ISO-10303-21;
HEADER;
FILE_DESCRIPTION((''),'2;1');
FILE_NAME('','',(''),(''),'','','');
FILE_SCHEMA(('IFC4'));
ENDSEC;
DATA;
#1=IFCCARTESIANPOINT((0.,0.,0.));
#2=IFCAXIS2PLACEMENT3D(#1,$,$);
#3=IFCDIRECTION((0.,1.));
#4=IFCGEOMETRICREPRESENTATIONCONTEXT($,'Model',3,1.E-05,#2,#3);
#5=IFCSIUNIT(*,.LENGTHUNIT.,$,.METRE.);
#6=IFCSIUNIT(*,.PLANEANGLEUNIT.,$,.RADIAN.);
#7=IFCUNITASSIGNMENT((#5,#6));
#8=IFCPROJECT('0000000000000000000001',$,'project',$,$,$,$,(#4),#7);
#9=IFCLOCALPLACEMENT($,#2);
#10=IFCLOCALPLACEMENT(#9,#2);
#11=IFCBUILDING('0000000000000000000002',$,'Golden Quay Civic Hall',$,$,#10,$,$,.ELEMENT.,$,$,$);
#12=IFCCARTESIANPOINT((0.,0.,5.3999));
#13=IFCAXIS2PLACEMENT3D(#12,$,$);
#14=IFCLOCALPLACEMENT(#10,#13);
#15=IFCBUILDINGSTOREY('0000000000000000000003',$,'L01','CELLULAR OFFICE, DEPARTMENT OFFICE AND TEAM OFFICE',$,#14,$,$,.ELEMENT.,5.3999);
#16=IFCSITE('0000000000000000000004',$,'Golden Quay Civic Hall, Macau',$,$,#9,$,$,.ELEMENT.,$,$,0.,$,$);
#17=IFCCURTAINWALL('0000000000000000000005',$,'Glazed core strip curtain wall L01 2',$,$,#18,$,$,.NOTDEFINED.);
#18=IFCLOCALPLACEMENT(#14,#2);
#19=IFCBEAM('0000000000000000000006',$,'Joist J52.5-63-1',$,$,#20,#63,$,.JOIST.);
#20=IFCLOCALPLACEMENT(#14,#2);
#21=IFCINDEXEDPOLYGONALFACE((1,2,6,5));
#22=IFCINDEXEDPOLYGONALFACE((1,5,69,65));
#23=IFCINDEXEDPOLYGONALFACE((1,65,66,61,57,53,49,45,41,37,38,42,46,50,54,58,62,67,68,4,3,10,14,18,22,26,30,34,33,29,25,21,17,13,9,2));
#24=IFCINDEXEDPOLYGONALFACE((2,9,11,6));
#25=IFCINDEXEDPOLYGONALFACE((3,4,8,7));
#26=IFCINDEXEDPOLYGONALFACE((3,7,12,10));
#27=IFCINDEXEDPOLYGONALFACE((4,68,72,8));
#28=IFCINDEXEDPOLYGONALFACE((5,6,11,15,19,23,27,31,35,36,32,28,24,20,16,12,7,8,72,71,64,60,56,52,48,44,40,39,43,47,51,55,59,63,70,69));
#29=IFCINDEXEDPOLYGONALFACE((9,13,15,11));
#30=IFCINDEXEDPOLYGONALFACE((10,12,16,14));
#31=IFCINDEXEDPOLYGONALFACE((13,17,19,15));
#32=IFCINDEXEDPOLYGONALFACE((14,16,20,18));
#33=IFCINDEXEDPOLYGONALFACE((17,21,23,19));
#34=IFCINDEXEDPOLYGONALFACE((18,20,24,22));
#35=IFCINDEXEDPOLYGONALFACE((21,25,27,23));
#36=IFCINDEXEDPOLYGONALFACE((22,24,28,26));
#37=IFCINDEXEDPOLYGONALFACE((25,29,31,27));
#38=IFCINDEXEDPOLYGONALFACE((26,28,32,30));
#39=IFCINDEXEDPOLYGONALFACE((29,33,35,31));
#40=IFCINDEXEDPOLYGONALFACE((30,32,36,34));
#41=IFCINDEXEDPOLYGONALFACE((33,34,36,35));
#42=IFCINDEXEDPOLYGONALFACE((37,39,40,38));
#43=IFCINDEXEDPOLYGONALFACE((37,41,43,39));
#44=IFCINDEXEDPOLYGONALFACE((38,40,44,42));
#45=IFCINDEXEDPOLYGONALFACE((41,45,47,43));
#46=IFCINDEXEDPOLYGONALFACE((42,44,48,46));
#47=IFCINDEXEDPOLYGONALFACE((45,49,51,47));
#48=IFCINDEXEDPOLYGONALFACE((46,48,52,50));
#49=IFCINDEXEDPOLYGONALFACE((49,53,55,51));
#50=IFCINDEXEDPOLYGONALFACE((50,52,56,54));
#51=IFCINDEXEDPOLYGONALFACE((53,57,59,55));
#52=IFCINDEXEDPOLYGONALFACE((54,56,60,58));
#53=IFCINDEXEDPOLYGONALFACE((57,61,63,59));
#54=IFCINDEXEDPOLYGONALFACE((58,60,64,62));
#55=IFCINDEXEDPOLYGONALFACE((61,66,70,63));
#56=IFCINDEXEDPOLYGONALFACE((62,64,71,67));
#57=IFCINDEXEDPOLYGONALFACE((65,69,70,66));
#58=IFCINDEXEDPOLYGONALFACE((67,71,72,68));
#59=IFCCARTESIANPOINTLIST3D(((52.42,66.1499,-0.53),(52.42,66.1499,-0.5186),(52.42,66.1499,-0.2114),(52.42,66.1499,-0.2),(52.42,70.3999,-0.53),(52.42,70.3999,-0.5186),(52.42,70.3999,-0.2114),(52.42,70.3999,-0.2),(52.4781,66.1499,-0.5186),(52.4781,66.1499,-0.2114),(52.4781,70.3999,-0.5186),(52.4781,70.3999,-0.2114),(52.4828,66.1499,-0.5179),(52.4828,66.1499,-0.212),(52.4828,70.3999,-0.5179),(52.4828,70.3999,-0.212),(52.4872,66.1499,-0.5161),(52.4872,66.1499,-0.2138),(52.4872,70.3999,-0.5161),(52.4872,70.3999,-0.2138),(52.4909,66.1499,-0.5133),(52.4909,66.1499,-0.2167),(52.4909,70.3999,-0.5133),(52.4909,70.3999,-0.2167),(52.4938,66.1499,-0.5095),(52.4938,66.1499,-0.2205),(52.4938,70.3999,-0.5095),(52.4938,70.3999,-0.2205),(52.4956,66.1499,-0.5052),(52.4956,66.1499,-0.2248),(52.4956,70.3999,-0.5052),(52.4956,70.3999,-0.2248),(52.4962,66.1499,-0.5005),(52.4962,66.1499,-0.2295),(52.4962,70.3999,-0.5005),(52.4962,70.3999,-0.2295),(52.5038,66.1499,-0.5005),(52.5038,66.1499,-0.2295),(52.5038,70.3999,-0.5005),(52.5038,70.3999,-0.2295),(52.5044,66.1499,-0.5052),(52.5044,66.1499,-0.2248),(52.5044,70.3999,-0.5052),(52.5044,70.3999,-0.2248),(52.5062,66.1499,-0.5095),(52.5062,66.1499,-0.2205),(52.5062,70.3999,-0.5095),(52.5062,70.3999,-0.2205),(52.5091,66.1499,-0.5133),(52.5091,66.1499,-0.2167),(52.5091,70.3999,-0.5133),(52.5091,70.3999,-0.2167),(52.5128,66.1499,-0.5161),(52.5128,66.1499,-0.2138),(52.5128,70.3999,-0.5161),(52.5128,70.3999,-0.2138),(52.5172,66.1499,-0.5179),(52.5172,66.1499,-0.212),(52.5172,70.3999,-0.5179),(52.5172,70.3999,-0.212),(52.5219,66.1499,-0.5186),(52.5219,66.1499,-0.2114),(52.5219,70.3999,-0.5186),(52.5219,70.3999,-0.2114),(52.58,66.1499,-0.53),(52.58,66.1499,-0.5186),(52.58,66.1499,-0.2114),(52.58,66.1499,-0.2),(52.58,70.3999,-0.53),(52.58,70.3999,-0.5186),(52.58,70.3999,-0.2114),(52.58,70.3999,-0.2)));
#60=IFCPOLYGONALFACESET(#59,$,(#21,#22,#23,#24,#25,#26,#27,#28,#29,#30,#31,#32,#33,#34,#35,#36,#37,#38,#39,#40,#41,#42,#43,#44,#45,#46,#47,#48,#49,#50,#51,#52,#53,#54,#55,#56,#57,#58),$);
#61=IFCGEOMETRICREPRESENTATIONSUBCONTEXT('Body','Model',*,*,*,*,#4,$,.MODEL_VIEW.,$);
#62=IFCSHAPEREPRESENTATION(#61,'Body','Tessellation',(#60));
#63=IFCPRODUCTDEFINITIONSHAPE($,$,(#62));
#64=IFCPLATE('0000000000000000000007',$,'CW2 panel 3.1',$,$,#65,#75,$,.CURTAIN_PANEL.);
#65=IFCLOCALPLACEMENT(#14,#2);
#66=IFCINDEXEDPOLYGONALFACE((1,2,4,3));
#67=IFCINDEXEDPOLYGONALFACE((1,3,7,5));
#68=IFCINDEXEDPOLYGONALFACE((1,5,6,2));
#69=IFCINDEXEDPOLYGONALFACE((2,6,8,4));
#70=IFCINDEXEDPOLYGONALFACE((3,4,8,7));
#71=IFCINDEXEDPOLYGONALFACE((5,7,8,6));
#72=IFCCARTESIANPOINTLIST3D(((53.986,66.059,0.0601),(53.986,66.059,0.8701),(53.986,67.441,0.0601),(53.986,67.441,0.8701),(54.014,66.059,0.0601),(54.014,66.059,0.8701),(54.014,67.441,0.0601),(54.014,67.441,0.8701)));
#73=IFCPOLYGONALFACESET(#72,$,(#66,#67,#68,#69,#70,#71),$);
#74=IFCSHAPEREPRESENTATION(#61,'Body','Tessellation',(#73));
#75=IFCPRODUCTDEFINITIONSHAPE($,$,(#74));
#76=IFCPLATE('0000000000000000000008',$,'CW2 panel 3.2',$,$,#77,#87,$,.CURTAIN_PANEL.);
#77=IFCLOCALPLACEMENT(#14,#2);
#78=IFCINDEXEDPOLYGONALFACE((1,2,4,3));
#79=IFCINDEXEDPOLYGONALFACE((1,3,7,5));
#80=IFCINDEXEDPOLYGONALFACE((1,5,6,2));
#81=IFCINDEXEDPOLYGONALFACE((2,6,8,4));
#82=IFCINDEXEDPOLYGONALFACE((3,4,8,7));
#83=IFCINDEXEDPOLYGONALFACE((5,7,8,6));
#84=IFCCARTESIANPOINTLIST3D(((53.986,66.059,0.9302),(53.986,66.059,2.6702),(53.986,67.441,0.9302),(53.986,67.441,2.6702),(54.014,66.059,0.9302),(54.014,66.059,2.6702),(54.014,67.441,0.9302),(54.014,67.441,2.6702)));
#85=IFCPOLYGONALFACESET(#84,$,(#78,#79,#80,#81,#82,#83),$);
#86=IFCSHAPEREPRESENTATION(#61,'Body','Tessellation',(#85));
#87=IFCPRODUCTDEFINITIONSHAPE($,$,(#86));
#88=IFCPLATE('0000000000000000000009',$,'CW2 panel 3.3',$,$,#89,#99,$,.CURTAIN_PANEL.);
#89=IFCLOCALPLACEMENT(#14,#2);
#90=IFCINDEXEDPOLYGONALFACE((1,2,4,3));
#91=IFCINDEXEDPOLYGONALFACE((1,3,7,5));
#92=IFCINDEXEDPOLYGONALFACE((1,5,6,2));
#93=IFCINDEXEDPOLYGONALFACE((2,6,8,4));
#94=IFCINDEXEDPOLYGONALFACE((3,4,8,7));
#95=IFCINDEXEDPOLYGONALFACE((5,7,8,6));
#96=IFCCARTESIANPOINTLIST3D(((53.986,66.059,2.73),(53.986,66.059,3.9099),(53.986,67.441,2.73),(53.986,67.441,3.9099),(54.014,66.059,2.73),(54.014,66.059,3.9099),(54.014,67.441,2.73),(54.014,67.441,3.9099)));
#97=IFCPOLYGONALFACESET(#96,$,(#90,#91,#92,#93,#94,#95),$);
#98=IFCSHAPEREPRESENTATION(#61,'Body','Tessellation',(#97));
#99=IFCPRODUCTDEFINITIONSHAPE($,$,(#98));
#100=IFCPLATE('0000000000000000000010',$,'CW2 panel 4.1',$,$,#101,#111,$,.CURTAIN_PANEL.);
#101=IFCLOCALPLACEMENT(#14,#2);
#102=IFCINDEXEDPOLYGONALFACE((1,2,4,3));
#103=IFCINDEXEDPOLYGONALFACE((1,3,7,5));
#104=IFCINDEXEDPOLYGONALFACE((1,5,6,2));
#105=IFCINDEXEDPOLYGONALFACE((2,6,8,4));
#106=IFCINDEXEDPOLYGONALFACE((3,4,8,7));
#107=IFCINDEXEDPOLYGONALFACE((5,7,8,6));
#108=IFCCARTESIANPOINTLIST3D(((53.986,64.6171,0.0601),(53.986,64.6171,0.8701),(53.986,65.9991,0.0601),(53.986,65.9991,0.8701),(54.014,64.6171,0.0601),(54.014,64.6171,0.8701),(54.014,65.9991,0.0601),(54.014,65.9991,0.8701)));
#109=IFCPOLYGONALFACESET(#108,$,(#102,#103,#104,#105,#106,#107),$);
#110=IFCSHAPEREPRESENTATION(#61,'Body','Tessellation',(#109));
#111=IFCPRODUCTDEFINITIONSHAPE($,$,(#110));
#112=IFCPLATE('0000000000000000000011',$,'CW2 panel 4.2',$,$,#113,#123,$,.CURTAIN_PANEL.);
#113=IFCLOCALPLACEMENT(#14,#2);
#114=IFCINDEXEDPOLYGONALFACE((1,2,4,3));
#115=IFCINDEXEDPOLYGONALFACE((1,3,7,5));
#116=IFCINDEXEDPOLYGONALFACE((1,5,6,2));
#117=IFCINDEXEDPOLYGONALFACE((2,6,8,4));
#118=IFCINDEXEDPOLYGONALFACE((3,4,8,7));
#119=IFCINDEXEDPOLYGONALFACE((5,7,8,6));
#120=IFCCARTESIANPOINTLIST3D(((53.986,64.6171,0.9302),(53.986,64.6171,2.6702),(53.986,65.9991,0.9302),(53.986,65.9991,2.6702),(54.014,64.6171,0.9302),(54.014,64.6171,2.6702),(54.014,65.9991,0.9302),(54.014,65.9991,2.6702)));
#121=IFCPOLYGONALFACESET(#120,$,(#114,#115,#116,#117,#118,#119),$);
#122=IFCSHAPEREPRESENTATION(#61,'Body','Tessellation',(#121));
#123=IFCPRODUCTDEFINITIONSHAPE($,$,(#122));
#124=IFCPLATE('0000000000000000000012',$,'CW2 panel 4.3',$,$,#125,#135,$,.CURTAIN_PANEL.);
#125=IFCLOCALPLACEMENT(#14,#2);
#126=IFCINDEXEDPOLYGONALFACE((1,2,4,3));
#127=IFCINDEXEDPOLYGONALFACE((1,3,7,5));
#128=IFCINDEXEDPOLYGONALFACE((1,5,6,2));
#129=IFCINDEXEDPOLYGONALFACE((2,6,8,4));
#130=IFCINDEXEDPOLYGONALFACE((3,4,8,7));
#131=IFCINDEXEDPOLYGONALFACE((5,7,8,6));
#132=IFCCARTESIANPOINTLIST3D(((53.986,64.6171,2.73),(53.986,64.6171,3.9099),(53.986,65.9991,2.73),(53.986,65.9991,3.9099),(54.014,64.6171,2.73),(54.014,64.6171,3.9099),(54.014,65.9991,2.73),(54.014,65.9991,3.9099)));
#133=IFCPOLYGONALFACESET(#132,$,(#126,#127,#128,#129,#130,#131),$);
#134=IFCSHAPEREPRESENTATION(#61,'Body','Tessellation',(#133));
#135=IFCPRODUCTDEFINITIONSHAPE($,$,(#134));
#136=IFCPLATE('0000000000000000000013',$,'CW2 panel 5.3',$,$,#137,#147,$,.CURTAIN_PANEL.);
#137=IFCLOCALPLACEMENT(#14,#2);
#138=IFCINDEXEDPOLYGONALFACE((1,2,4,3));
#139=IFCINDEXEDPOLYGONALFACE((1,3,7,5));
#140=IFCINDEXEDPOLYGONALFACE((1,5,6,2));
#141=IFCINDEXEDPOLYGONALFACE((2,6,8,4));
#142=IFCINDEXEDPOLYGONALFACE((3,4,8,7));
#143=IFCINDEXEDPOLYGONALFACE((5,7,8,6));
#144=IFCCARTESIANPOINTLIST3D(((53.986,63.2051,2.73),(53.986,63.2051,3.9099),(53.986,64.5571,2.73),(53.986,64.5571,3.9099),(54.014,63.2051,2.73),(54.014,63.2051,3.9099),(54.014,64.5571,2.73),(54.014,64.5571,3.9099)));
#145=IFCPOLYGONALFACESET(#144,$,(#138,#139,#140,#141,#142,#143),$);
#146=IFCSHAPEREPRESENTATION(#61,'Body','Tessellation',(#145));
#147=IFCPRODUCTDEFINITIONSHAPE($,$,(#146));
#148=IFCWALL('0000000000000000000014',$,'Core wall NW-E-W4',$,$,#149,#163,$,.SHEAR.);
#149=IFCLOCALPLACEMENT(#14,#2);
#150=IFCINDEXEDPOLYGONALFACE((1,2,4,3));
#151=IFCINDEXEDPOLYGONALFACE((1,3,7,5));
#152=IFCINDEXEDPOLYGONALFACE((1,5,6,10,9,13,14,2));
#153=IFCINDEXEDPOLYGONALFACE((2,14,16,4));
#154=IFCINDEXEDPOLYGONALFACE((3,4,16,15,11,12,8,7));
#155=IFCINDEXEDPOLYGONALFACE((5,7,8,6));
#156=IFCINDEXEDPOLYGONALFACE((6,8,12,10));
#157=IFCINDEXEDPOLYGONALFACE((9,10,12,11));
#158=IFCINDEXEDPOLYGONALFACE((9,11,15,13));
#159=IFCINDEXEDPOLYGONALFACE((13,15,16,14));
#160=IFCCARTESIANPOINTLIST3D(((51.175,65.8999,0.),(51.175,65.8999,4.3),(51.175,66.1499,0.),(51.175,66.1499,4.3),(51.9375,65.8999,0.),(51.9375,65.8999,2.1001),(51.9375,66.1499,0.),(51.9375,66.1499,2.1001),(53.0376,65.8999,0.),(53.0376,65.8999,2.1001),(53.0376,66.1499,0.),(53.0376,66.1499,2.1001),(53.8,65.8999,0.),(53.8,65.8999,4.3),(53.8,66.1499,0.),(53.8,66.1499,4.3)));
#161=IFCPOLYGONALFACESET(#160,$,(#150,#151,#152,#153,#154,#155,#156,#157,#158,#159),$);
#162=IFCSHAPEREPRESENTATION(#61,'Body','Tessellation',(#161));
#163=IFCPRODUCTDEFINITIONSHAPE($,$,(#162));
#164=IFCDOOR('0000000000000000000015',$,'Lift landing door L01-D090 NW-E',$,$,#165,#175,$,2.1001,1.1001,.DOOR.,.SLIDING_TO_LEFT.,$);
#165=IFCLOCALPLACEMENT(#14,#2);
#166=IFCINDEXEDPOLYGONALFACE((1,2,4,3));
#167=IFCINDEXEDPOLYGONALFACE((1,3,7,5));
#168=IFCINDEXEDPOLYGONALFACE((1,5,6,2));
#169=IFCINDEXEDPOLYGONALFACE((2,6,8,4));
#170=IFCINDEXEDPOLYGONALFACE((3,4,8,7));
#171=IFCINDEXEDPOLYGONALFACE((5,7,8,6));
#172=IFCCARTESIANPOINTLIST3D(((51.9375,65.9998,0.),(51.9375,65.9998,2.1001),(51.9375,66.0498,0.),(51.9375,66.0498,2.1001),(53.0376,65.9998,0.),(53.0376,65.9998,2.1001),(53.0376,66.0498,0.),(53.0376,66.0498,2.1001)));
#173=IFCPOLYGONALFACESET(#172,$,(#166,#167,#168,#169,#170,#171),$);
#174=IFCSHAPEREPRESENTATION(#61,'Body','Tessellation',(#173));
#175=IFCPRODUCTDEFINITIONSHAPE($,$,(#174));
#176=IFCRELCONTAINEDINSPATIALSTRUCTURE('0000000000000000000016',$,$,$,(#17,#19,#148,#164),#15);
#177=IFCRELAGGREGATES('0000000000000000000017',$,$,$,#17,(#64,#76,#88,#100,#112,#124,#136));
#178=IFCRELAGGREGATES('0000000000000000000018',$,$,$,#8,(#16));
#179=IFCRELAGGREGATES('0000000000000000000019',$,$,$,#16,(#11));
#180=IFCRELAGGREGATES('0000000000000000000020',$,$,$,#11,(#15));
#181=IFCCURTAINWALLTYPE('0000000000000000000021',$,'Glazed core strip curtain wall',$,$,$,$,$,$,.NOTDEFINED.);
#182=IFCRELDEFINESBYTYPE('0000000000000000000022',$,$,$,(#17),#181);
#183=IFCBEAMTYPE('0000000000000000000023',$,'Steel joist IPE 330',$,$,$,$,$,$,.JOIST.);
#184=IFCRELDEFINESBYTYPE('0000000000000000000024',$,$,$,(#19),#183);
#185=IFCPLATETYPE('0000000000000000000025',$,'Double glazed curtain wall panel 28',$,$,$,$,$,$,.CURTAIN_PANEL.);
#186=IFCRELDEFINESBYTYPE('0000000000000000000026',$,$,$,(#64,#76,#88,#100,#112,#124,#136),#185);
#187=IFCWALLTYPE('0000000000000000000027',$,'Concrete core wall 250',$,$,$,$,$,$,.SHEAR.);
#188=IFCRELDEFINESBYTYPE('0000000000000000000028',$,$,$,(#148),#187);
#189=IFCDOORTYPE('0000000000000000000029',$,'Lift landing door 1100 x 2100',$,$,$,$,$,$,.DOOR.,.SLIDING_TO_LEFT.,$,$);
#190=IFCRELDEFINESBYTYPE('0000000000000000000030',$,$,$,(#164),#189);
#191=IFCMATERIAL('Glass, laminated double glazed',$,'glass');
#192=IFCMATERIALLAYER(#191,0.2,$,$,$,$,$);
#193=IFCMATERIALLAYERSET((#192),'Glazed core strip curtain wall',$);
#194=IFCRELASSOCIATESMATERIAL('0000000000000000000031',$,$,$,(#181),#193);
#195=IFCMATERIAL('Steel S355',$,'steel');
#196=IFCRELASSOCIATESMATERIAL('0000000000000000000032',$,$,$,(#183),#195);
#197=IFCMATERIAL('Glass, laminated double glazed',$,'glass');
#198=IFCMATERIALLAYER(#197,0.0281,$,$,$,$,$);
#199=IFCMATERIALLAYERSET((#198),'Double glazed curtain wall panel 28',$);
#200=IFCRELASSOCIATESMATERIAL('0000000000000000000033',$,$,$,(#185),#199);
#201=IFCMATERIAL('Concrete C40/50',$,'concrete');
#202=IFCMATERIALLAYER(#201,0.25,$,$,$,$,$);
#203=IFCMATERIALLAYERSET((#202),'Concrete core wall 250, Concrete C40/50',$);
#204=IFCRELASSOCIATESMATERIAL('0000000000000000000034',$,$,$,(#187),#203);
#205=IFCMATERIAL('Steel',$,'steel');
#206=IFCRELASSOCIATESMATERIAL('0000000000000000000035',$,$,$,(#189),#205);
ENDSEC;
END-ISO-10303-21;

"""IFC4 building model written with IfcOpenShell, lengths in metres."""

from ifc_helpers import new_model, si_unit, direction, frame, frame_2d, origin, origin_2d, place, context, subcontext, project, spatial, rectangle, i_section, extrude, material, layer, layer_set, material_profile, profile_set, type_object, element, fill, aggregate, save


model = new_model("IFC4")

# Units and contexts
model_context = context("Model", 3, precision=1e-05, world=origin(), true_north=direction((0.0, 1.0)))
body_context = subcontext(model_context, "Body", "Model", "MODEL_VIEW")
ifc_project = project(units=[si_unit("LENGTHUNIT", "METRE"), si_unit("PLANEANGLEUNIT", "RADIAN")], contexts=[model_context])

# Site, building, storey
site_placement = place(None, origin())
site = spatial("IfcSite", under=ifc_project, at=site_placement, Name="Golden Quay Civic Hall, Macau", CompositionType="ELEMENT", RefElevation=0.0)
building_placement = place(site_placement, origin())
building = spatial("IfcBuilding", under=site, at=building_placement, Name="Golden Quay Civic Hall", CompositionType="ELEMENT")
storey_placement = place(building_placement, frame((0.0, 0.0, 5.3999)))
storey = spatial("IfcBuildingStorey", under=building, at=storey_placement, Name="L01", Description="CELLULAR OFFICE, DEPARTMENT OFFICE AND TEAM OFFICE", CompositionType="ELEMENT", Elevation=5.3999)

# Curtain wall
ifc_material_1 = material(Name="Glass, laminated double glazed", Category="glass")
ifc_layer_1 = layer(ifc_material_1, 0.2)
ifc_layer_set_1 = layer_set([ifc_layer_1], Name="Glazed core strip curtain wall")
curtain_wall_type = type_object("IfcCurtainWallType", Name="Glazed core strip curtain wall", PredefinedType="NOTDEFINED", material=ifc_layer_set_1)
curtain_wall_placement = place(storey_placement, origin())
curtain_wall = element("IfcCurtainWall", 1, at=curtain_wall_placement, inside=storey, type_object=curtain_wall_type, Name="Glazed core strip curtain wall L01 2", PredefinedType="NOTDEFINED")

# Beam
ifc_material_2 = material(Name="Steel S355", Category="steel")
ifc_material_profile_1 = material_profile(ifc_material_2, i_section(OverallWidth=0.1599, OverallDepth=0.3301, WebThickness=0.0076, FlangeThickness=0.0115, FilletRadius=0.0181, at=origin_2d()), Name="IPE 330")
ifc_profile_set_1 = profile_set([ifc_material_profile_1], Name="Steel S355")
beam_type = type_object("IfcBeamType", Name="Steel joist IPE 330", PredefinedType="JOIST", material=ifc_profile_set_1)
beam_placement = place(storey_placement, frame((52.5, 66.1499, -0.365), z_axis=(0.0, 1.0, 0.0), x_axis=(-1.0, 0.0, 0.0)))
element("IfcBeam", 2, at=beam_placement, inside=storey, type_object=beam_type, Name="Joist J52.5-63-1", PredefinedType="JOIST", context=body_context, shape_type="SweptSolid", body=[
    extrude(i_section(OverallWidth=0.1599, OverallDepth=0.3301, WebThickness=0.0076, FlangeThickness=0.0115, FilletRadius=0.0181, at=origin_2d()), origin(), (0.0, 0.0, 1.0), 4.25),
])

# Plates
ifc_material_3 = material(Name="Glass, laminated double glazed", Category="glass")
ifc_layer_2 = layer(ifc_material_3, 0.0281)
ifc_layer_set_2 = layer_set([ifc_layer_2], Name="Double glazed curtain wall panel 28")
plate_type = type_object("IfcPlateType", Name="Double glazed curtain wall panel 28", PredefinedType="CURTAIN_PANEL", material=ifc_layer_set_2)
plate_1_placement = place(storey_placement, frame((54.0, 66.75, 0.0601), z_axis=(0.0, 0.0, 1.0), x_axis=(0.0, -1.0, 0.0)))
plate_1 = element("IfcPlate", 3, at=plate_1_placement, type_object=plate_type, Name="CW2 panel 3.1", PredefinedType="CURTAIN_PANEL", context=body_context, shape_type="SweptSolid", body=[
    extrude(rectangle(XDim=1.3821, YDim=0.0281, at=origin_2d()), origin(), (0.0, 0.0, 1.0), 0.8101),
])
plate_2_placement = place(storey_placement, frame((54.0, 66.75, 0.9302), z_axis=(0.0, 0.0, 1.0), x_axis=(0.0, -1.0, 0.0)))
plate_2 = element("IfcPlate", 4, at=plate_2_placement, type_object=plate_type, Name="CW2 panel 3.2", PredefinedType="CURTAIN_PANEL", context=body_context, shape_type="SweptSolid", body=[
    extrude(rectangle(XDim=1.3821, YDim=0.0281, at=origin_2d()), origin(), (0.0, 0.0, 1.0), 1.74),
])
plate_3_placement = place(storey_placement, frame((54.0, 66.75, 2.73), z_axis=(0.0, 0.0, 1.0), x_axis=(0.0, -1.0, 0.0)))
plate_3 = element("IfcPlate", 5, at=plate_3_placement, type_object=plate_type, Name="CW2 panel 3.3", PredefinedType="CURTAIN_PANEL", context=body_context, shape_type="SweptSolid", body=[
    extrude(rectangle(XDim=1.3821, YDim=0.0281, at=origin_2d()), origin(), (0.0, 0.0, 1.0), 1.1799),
])
plate_4_placement = place(storey_placement, frame((54.0, 65.3081, 0.0601), z_axis=(0.0, 0.0, 1.0), x_axis=(0.0, -1.0, 0.0)))
plate_4 = element("IfcPlate", 6, at=plate_4_placement, type_object=plate_type, Name="CW2 panel 4.1", PredefinedType="CURTAIN_PANEL", context=body_context, shape_type="SweptSolid", body=[
    extrude(rectangle(XDim=1.3821, YDim=0.0281, at=origin_2d()), origin(), (0.0, 0.0, 1.0), 0.8101),
])
plate_5_placement = place(storey_placement, frame((54.0, 65.3081, 0.9302), z_axis=(0.0, 0.0, 1.0), x_axis=(0.0, -1.0, 0.0)))
plate_5 = element("IfcPlate", 7, at=plate_5_placement, type_object=plate_type, Name="CW2 panel 4.2", PredefinedType="CURTAIN_PANEL", context=body_context, shape_type="SweptSolid", body=[
    extrude(rectangle(XDim=1.3821, YDim=0.0281, at=origin_2d()), origin(), (0.0, 0.0, 1.0), 1.74),
])
plate_6_placement = place(storey_placement, frame((54.0, 65.3081, 2.73), z_axis=(0.0, 0.0, 1.0), x_axis=(0.0, -1.0, 0.0)))
plate_6 = element("IfcPlate", 8, at=plate_6_placement, type_object=plate_type, Name="CW2 panel 4.3", PredefinedType="CURTAIN_PANEL", context=body_context, shape_type="SweptSolid", body=[
    extrude(rectangle(XDim=1.3821, YDim=0.0281, at=origin_2d()), origin(), (0.0, 0.0, 1.0), 1.1799),
])
plate_7_placement = place(storey_placement, frame((54.0, 63.8811, 2.73), z_axis=(0.0, 0.0, 1.0), x_axis=(0.0, -1.0, 0.0)))
plate_7 = element("IfcPlate", 9, at=plate_7_placement, type_object=plate_type, Name="CW2 panel 5.3", PredefinedType="CURTAIN_PANEL", context=body_context, shape_type="SweptSolid", body=[
    extrude(rectangle(XDim=1.3521, YDim=0.0281, at=origin_2d()), origin(), (0.0, 0.0, 1.0), 1.1799),
])
aggregate(curtain_wall, [plate_1, plate_2, plate_3, plate_4, plate_5, plate_6, plate_7])

# Wall, opening, door
ifc_material_4 = material(Name="Concrete C40/50", Category="concrete")
ifc_layer_3 = layer(ifc_material_4, 0.25)
ifc_layer_set_3 = layer_set([ifc_layer_3], Name="Concrete core wall 250, Concrete C40/50")
wall_type = type_object("IfcWallType", Name="Concrete core wall 250", PredefinedType="SHEAR", material=ifc_layer_set_3)
wall_placement = place(storey_placement, frame((51.175, 66.0249, 0.0), z_axis=(0.0, 0.0, 1.0), x_axis=(1.0, 0.0, 0.0)))
wall = element("IfcWall", 10, at=wall_placement, inside=storey, type_object=wall_type, Name="Core wall NW-E-W4", PredefinedType="SHEAR", context=body_context, shape_type="SweptSolid", body=[
    extrude(rectangle(XDim=2.625, YDim=0.25, at=frame_2d((1.3125, 0.0))), origin(), (0.0, 0.0, 1.0), 4.3),
])
opening_placement = place(wall_placement, frame((0.7625, 0.0, 0.0)))
opening = element("IfcOpeningElement", 11, at=opening_placement, cuts=wall, PredefinedType="OPENING", context=body_context, shape_type="SweptSolid", body=[
    extrude(rectangle(XDim=1.1001, YDim=2.1001, at=frame_2d((0.55, 1.05))), frame((0.0, 0.135, 0.0), z_axis=(0.0, -1.0, 0.0), x_axis=(1.0, 0.0, 0.0)), (0.0, 0.0, 1.0), 0.27),
])
ifc_material_5 = material(Name="Steel", Category="steel")
door_type = type_object("IfcDoorType", Name="Lift landing door 1100 x 2100", OperationType="SLIDING_TO_LEFT", PredefinedType="DOOR", material=ifc_material_5)
door_placement = place(opening_placement, origin())
door = element("IfcDoor", 12, at=door_placement, inside=storey, type_object=door_type, Name="Lift landing door L01-D090 NW-E", OperationType="SLIDING_TO_LEFT", OverallHeight=2.1001, OverallWidth=1.1001, PredefinedType="DOOR", context=body_context, shape_type="SweptSolid", body=[
    extrude(rectangle(XDim=1.1001, YDim=2.1001, at=frame_2d((0.55, 1.05))), frame((0.0, 0.0249, 0.0), z_axis=(0.0, -1.0, 0.0), x_axis=(1.0, 0.0, 0.0)), (0.0, 0.0, 1.0), 0.05),
])
fill(opening, door)

save(model, "model.ifc")
